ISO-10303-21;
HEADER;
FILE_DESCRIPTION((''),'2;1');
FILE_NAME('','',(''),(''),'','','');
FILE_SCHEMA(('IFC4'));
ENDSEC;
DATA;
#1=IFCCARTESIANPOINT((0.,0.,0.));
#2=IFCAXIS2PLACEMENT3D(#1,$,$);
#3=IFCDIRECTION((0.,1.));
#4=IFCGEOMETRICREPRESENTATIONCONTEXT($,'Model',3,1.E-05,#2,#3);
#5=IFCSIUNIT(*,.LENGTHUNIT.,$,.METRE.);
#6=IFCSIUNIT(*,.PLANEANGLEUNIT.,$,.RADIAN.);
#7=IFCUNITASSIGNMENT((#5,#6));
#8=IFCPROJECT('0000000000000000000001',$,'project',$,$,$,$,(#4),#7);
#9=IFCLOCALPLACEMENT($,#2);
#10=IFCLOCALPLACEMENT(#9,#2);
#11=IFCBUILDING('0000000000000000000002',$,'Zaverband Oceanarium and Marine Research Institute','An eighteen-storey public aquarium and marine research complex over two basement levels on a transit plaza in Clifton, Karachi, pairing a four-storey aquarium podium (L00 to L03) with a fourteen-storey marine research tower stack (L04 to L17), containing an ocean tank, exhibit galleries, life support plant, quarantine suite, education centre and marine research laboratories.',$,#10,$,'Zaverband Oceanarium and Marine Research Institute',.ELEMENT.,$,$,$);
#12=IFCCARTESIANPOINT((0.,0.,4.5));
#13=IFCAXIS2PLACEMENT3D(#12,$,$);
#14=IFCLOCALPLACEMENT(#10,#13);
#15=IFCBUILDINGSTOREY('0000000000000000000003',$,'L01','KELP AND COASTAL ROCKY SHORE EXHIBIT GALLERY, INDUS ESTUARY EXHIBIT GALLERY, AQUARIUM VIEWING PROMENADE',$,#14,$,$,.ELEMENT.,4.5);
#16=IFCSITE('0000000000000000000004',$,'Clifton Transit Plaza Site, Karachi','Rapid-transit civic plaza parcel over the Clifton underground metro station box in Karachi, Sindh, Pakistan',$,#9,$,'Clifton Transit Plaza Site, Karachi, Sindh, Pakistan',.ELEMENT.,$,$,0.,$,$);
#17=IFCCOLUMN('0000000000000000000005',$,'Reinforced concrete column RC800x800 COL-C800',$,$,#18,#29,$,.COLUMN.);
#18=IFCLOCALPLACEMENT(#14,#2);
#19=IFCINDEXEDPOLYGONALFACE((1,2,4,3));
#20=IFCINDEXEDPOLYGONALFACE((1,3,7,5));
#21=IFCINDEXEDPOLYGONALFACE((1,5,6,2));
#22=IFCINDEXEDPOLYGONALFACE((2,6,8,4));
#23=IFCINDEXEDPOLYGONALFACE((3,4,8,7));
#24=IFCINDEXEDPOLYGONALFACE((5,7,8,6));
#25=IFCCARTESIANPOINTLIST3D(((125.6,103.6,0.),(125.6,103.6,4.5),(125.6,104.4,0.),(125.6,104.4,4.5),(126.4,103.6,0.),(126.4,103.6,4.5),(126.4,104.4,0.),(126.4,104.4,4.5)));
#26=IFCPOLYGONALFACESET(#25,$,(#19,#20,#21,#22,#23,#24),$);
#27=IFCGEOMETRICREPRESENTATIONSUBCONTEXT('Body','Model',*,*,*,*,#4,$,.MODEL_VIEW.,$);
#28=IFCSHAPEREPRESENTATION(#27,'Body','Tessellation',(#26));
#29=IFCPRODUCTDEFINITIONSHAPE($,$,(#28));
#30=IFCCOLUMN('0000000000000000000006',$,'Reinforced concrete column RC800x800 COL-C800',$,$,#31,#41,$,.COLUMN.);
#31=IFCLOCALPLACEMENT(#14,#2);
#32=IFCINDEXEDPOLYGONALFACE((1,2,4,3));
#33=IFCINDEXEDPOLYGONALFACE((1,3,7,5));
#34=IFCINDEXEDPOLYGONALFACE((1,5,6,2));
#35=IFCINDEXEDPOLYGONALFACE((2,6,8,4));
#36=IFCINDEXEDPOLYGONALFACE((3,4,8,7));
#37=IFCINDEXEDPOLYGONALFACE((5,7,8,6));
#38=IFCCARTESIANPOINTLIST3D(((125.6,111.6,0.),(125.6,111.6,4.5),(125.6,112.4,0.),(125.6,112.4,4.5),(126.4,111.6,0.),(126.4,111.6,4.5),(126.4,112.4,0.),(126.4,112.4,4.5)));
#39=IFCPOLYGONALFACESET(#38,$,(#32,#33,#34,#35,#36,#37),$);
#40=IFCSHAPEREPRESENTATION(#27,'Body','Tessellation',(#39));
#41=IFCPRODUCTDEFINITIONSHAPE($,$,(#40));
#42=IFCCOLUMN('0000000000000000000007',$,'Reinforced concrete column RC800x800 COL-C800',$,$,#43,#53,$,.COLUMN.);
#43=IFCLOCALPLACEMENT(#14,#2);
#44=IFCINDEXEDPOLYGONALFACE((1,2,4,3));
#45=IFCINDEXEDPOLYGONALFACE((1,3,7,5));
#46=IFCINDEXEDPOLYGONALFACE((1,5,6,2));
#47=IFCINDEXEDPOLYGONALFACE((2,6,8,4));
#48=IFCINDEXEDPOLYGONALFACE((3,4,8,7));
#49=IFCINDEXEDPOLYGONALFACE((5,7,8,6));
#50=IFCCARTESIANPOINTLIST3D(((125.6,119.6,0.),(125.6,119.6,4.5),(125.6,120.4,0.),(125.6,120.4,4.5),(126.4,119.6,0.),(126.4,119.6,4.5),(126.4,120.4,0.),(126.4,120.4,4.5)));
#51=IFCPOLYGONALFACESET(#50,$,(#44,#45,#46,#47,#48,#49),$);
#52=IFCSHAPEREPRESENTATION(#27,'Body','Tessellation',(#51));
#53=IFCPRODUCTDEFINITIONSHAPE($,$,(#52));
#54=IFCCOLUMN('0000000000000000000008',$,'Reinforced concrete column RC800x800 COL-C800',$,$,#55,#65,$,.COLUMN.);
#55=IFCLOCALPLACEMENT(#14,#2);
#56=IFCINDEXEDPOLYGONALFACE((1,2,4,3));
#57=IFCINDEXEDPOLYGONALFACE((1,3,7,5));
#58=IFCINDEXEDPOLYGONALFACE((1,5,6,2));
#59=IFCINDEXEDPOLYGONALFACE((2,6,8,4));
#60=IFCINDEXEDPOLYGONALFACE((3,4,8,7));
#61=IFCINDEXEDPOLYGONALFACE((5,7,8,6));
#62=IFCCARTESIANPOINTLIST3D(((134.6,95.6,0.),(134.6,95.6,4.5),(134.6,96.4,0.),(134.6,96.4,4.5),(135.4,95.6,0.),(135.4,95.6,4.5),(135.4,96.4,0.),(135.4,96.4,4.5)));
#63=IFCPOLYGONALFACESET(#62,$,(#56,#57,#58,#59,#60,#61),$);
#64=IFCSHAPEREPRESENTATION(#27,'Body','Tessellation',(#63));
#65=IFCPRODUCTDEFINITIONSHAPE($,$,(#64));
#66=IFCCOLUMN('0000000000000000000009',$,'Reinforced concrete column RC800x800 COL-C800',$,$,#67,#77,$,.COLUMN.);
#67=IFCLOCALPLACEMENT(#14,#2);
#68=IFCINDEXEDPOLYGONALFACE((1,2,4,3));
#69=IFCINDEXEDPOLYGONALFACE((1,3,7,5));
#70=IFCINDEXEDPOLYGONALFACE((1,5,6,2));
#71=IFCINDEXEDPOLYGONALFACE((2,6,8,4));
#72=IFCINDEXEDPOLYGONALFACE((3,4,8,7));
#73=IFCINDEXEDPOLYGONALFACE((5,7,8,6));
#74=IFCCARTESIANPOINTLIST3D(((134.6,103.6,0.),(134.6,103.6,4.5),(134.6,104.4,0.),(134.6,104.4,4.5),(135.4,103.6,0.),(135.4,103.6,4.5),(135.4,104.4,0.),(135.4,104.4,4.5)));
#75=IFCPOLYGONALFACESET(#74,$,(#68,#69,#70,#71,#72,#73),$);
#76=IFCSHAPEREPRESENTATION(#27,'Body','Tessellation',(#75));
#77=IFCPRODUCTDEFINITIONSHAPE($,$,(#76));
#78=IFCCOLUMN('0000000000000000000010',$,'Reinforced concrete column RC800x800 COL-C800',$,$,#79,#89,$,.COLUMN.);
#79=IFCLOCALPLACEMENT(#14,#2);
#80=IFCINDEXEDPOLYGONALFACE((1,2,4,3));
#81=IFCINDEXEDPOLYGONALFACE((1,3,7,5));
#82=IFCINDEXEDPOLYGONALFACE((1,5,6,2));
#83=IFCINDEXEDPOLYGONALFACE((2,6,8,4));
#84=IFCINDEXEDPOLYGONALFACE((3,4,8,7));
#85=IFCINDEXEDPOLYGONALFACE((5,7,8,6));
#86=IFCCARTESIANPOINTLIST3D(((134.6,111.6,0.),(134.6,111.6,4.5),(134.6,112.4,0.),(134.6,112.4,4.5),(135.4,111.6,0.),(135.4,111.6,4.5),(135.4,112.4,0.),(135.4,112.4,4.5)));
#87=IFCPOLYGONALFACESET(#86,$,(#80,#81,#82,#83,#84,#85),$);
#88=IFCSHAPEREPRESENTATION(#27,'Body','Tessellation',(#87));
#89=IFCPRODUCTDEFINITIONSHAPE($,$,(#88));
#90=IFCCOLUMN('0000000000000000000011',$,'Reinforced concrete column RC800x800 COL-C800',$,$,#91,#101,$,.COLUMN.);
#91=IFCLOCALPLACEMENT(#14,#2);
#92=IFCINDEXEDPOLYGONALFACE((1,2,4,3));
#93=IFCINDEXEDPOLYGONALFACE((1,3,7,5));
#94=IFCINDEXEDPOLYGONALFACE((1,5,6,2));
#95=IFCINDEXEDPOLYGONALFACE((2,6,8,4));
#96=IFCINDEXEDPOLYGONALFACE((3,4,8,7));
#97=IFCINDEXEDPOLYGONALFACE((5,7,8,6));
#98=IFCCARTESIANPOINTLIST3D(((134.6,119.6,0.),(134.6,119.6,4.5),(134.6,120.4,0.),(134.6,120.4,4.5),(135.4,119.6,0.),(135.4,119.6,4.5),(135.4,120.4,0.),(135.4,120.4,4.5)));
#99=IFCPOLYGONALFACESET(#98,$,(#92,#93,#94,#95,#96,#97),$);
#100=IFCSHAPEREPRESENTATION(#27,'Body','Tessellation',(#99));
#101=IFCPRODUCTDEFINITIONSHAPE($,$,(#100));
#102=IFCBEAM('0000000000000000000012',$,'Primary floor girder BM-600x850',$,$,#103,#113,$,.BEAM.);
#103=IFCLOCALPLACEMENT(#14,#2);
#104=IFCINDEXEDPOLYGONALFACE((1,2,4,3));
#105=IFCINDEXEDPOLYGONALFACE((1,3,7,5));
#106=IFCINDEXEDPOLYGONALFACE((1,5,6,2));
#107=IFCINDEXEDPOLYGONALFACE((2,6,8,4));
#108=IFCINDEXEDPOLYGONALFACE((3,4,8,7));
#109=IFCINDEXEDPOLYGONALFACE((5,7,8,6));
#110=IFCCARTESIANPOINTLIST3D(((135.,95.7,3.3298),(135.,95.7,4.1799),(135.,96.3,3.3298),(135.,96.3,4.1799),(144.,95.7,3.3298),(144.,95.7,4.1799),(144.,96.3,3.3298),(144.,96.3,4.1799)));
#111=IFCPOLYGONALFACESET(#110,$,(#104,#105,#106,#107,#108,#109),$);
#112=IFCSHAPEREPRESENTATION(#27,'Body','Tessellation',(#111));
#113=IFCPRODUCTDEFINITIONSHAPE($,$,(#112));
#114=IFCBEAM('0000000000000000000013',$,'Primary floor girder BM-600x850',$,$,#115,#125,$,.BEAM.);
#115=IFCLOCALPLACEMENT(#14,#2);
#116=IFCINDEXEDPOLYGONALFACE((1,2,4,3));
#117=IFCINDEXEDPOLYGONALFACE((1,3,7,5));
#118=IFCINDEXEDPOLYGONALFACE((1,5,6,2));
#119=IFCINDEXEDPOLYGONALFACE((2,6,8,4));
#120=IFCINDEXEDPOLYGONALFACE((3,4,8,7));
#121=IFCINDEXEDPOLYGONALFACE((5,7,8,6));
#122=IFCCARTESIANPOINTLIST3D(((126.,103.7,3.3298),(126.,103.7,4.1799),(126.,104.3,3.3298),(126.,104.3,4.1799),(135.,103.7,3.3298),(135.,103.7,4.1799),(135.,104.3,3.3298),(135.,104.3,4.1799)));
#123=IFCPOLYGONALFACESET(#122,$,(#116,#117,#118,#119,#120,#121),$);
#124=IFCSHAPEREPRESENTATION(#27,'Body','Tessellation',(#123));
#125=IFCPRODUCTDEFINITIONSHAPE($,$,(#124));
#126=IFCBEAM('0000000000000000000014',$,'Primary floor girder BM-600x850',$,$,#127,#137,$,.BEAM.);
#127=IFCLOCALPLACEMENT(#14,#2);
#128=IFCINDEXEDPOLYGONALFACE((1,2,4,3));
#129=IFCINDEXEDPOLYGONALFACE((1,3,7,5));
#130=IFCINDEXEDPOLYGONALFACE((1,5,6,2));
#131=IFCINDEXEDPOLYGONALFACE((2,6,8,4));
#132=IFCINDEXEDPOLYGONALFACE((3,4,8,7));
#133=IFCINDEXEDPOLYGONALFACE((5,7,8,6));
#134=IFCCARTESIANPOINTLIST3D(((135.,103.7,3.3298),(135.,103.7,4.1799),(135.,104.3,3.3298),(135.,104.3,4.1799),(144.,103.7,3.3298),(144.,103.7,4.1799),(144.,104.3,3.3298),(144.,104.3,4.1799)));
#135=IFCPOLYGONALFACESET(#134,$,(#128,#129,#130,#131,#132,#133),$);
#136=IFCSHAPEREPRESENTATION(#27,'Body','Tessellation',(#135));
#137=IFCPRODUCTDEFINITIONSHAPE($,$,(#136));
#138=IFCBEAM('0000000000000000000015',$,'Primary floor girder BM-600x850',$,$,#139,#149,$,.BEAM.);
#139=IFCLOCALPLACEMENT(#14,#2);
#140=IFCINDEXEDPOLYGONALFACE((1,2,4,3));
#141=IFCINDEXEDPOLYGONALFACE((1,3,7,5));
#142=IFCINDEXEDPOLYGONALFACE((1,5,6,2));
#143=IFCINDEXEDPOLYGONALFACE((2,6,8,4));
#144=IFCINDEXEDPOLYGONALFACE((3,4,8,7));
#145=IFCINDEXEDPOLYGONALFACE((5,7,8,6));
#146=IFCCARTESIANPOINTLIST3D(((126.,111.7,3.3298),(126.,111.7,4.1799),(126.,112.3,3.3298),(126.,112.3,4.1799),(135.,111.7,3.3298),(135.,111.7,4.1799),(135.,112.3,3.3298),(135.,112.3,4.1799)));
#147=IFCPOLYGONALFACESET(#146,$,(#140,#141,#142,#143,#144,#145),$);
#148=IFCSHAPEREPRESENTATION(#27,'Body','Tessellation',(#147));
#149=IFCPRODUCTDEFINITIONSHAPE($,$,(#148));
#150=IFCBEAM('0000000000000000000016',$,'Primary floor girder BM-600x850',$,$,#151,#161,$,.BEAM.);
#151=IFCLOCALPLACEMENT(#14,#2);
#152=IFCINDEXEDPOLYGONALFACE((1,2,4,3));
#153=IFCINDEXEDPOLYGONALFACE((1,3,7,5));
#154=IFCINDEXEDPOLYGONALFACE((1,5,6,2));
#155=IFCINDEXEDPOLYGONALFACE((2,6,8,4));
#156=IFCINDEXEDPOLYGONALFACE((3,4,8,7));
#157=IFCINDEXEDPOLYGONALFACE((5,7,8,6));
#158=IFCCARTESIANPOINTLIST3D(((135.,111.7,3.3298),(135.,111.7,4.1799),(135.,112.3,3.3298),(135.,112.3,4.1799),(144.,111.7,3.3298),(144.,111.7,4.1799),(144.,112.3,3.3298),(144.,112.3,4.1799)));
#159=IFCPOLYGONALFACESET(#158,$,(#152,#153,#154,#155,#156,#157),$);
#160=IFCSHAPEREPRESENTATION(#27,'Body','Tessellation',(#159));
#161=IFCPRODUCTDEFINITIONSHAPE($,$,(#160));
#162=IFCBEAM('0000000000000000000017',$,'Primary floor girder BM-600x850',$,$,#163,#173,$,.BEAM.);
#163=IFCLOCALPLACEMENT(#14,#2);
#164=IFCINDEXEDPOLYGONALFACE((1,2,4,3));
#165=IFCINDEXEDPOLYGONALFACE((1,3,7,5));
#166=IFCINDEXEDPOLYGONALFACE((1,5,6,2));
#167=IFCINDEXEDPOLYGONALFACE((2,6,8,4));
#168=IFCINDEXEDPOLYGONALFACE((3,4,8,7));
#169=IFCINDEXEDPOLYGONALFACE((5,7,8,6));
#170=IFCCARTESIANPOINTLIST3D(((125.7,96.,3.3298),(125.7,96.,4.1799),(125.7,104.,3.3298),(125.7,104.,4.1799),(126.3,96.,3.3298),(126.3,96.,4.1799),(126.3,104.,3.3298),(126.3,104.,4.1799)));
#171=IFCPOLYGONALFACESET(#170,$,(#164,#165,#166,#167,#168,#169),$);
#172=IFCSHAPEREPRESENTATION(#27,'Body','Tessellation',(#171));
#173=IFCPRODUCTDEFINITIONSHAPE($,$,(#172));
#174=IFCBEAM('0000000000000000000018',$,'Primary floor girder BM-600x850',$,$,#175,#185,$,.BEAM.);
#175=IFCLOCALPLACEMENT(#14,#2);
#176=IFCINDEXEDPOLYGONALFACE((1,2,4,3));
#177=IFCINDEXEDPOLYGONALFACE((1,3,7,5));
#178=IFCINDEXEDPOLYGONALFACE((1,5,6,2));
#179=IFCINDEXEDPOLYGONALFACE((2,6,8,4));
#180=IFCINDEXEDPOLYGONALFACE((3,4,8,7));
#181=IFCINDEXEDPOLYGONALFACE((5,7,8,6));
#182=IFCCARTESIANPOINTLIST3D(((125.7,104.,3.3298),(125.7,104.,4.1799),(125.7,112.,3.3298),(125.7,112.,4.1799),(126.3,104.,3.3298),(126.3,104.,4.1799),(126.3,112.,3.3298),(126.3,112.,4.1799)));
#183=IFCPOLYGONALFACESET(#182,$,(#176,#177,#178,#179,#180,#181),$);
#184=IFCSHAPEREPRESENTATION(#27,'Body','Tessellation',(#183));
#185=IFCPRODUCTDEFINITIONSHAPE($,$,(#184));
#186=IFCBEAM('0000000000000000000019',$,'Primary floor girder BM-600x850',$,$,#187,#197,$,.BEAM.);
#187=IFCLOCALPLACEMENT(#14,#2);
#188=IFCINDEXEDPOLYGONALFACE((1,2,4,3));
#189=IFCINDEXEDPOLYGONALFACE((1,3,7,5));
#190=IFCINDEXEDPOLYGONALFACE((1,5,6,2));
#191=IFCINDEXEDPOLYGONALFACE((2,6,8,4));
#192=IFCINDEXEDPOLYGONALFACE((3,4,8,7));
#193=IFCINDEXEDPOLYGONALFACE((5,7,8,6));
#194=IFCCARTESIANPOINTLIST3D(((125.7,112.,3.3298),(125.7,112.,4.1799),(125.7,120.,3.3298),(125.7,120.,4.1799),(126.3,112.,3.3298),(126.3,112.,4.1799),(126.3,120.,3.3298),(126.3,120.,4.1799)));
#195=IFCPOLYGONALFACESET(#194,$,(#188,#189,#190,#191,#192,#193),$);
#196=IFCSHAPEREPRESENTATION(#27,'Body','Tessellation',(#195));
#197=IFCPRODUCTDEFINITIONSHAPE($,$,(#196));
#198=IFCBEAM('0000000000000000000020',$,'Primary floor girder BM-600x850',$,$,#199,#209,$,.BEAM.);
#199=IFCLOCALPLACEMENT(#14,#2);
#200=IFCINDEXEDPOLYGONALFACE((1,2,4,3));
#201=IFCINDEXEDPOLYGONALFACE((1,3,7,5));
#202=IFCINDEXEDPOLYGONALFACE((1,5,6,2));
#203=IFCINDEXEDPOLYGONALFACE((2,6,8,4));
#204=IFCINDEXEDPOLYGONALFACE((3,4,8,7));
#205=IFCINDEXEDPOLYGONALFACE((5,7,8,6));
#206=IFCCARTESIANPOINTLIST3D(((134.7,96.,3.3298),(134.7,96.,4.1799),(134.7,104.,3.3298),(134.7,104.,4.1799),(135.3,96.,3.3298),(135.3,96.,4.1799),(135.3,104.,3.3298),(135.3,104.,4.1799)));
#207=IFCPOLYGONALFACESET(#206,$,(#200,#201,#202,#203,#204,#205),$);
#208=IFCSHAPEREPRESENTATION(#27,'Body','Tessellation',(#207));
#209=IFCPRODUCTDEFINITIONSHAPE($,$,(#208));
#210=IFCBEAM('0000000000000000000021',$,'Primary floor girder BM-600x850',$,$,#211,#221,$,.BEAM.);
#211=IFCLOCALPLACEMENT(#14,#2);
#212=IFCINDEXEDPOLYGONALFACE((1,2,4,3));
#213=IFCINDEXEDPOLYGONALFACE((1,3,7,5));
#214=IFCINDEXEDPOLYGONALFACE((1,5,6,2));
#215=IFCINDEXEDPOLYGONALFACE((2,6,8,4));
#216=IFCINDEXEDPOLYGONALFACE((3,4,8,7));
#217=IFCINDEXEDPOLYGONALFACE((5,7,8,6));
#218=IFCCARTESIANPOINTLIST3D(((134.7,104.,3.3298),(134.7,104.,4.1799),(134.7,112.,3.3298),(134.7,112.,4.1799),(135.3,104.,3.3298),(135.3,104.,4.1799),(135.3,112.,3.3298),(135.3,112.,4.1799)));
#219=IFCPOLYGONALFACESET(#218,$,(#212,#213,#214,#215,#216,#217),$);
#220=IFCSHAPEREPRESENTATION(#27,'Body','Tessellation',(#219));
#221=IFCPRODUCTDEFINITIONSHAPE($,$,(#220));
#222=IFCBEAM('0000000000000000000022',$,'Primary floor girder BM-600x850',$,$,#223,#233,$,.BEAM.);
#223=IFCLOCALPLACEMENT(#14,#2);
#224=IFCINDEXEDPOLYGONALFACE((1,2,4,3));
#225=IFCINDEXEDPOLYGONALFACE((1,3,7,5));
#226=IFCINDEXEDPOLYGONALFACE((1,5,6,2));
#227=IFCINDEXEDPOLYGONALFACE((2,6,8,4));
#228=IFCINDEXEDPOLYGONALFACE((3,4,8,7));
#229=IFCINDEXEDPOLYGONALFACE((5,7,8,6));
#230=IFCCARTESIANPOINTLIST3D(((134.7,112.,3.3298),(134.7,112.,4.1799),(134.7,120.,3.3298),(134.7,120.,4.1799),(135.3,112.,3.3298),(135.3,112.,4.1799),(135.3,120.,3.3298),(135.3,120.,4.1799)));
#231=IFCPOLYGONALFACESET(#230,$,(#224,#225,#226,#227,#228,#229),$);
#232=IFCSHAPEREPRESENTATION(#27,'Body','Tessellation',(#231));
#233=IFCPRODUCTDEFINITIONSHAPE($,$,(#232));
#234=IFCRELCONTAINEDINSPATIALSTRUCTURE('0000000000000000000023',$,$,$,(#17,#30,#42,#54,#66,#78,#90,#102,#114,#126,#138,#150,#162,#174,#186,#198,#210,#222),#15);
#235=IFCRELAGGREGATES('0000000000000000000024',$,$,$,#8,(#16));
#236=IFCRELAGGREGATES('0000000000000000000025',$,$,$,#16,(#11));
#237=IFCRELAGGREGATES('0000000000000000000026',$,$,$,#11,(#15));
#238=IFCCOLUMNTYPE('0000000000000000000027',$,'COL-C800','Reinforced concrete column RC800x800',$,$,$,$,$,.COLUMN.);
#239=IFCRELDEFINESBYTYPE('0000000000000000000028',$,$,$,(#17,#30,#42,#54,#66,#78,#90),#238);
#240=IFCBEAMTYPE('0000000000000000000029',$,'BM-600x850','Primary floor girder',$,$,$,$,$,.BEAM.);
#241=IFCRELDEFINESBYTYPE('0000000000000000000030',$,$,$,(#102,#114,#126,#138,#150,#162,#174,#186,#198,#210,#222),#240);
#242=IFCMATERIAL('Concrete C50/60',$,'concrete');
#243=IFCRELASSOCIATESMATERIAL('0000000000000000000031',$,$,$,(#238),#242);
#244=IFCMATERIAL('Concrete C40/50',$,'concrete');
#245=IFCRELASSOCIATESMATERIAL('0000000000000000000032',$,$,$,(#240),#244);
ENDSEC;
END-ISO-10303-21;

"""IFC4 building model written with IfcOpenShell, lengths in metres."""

from ifc_helpers import new_model, si_unit, direction, frame, origin, origin_2d, place, context, subcontext, project, spatial, rectangle, extrude, material, material_profile, profile_set, type_object, element, save


model = new_model("IFC4")

# Units and contexts
model_context = context("Model", 3, precision=1e-05, world=origin(), true_north=direction((0.0, 1.0)))
body_context = subcontext(model_context, "Body", "Model", "MODEL_VIEW")
ifc_project = project(units=[si_unit("LENGTHUNIT", "METRE"), si_unit("PLANEANGLEUNIT", "RADIAN")], contexts=[model_context])

# Site, building, storey
site_placement = place(None, origin())
site = spatial("IfcSite", under=ifc_project, at=site_placement, Name="Clifton Transit Plaza Site, Karachi", Description="Rapid-transit civic plaza parcel over the Clifton underground metro station box in Karachi, Sindh, Pakistan", LongName="Clifton Transit Plaza Site, Karachi, Sindh, Pakistan", CompositionType="ELEMENT", RefElevation=0.0)
building_placement = place(site_placement, origin())
building = spatial("IfcBuilding", under=site, at=building_placement, Name="Zaverband Oceanarium and Marine Research Institute", Description="An eighteen-storey public aquarium and marine research complex over two basement levels on a transit plaza in Clifton, Karachi, pairing a four-storey aquarium podium (L00 to L03) with a fourteen-storey marine research tower stack (L04 to L17), containing an ocean tank, exhibit galleries, life support plant, quarantine suite, education centre and marine research laboratories.", LongName="Zaverband Oceanarium and Marine Research Institute", CompositionType="ELEMENT")
storey_placement = place(building_placement, frame((0.0, 0.0, 4.5)))
storey = spatial("IfcBuildingStorey", under=building, at=storey_placement, Name="L01", Description="KELP AND COASTAL ROCKY SHORE EXHIBIT GALLERY, INDUS ESTUARY EXHIBIT GALLERY, AQUARIUM VIEWING PROMENADE", CompositionType="ELEMENT", Elevation=4.5)

# Columns
ifc_material_1 = material(Name="Concrete C50/60", Category="concrete")
ifc_material_profile_1 = material_profile(ifc_material_1, rectangle(XDim=0.8, YDim=0.8, at=origin_2d()), Name="RC800x800")
ifc_profile_set_1 = profile_set([ifc_material_profile_1], Name="Concrete C50/60")
column_type = type_object("IfcColumnType", Name="COL-C800", Description="Reinforced concrete column RC800x800", PredefinedType="COLUMN", material=ifc_profile_set_1)
for number, where, z_axis, x_axis, name in (
    (1, (126.0, 104.0, 0.0), (0.0, 0.0, 1.0), (1.0, 0.0, 0.0), "Reinforced concrete column RC800x800 COL-C800"),
    (2, (126.0, 112.0, 0.0), (0.0, 0.0, 1.0), (1.0, 0.0, 0.0), "Reinforced concrete column RC800x800 COL-C800"),
    (3, (126.0, 120.0, 0.0), (0.0, 0.0, 1.0), (1.0, 0.0, 0.0), "Reinforced concrete column RC800x800 COL-C800"),
    (4, (135.0, 96.0, 0.0), (0.0, 0.0, 1.0), (1.0, 0.0, 0.0), "Reinforced concrete column RC800x800 COL-C800"),
    (5, (135.0, 104.0, 0.0), (0.0, 0.0, 1.0), (1.0, 0.0, 0.0), "Reinforced concrete column RC800x800 COL-C800"),
    (6, (135.0, 112.0, 0.0), (0.0, 0.0, 1.0), (1.0, 0.0, 0.0), "Reinforced concrete column RC800x800 COL-C800"),
    (7, (135.0, 120.0, 0.0), (0.0, 0.0, 1.0), (1.0, 0.0, 0.0), "Reinforced concrete column RC800x800 COL-C800"),
):
    element("IfcColumn", number, at=place(storey_placement, frame(where, z_axis=z_axis, x_axis=x_axis)), inside=storey, type_object=column_type, Name=name, PredefinedType="COLUMN", context=body_context, shape_type="SweptSolid", body=[
        extrude(rectangle(XDim=0.8, YDim=0.8, at=origin_2d()), origin(), (0.0, 0.0, 1.0), 4.5),
    ])

# Beams
ifc_material_2 = material(Name="Concrete C40/50", Category="concrete")
ifc_material_profile_2 = material_profile(ifc_material_2, rectangle(XDim=0.6001, YDim=0.8501, at=origin_2d()), Name="RC600x850")
ifc_profile_set_2 = profile_set([ifc_material_profile_2], Name="Concrete C40/50")
beam_type_1 = type_object("IfcBeamType", Name="BM-600x850", Description="Primary floor girder", PredefinedType="BEAM", material=ifc_profile_set_2)
for number, where, z_axis, x_axis, name in (
    (8, (135.0, 96.0, 3.7549), (1.0, 0.0, 0.0), (0.0, 1.0, 0.0), "Primary floor girder BM-600x850"),
    (9, (126.0, 104.0, 3.7549), (1.0, 0.0, 0.0), (0.0, 1.0, 0.0), "Primary floor girder BM-600x850"),
    (10, (135.0, 104.0, 3.7549), (1.0, 0.0, 0.0), (0.0, 1.0, 0.0), "Primary floor girder BM-600x850"),
    (11, (126.0, 112.0, 3.7549), (1.0, 0.0, 0.0), (0.0, 1.0, 0.0), "Primary floor girder BM-600x850"),
    (12, (135.0, 112.0, 3.7549), (1.0, 0.0, 0.0), (0.0, 1.0, 0.0), "Primary floor girder BM-600x850"),
):
    element("IfcBeam", number, at=place(storey_placement, frame(where, z_axis=z_axis, x_axis=x_axis)), inside=storey, type_object=beam_type_1, Name=name, PredefinedType="BEAM", context=body_context, shape_type="SweptSolid", body=[
        extrude(rectangle(XDim=0.6001, YDim=0.8501, at=origin_2d()), origin(), (0.0, 0.0, 1.0), 9.0),
    ])
for number, where, z_axis, x_axis, name in (
    (13, (126.0, 96.0, 3.7549), (0.0, 1.0, 0.0), (-1.0, 0.0, 0.0), "Primary floor girder BM-600x850"),
    (14, (126.0, 104.0, 3.7549), (0.0, 1.0, 0.0), (-1.0, 0.0, 0.0), "Primary floor girder BM-600x850"),
    (15, (126.0, 112.0, 3.7549), (0.0, 1.0, 0.0), (-1.0, 0.0, 0.0), "Primary floor girder BM-600x850"),
    (16, (135.0, 96.0, 3.7549), (0.0, 1.0, 0.0), (-1.0, 0.0, 0.0), "Primary floor girder BM-600x850"),
    (17, (135.0, 104.0, 3.7549), (0.0, 1.0, 0.0), (-1.0, 0.0, 0.0), "Primary floor girder BM-600x850"),
    (18, (135.0, 112.0, 3.7549), (0.0, 1.0, 0.0), (-1.0, 0.0, 0.0), "Primary floor girder BM-600x850"),
):
    element("IfcBeam", number, at=place(storey_placement, frame(where, z_axis=z_axis, x_axis=x_axis)), inside=storey, type_object=beam_type_1, Name=name, PredefinedType="BEAM", context=body_context, shape_type="SweptSolid", body=[
        extrude(rectangle(XDim=0.6001, YDim=0.8501, at=origin_2d()), origin(), (0.0, 0.0, 1.0), 8.0),
    ])

save(model, "model.ifc")
